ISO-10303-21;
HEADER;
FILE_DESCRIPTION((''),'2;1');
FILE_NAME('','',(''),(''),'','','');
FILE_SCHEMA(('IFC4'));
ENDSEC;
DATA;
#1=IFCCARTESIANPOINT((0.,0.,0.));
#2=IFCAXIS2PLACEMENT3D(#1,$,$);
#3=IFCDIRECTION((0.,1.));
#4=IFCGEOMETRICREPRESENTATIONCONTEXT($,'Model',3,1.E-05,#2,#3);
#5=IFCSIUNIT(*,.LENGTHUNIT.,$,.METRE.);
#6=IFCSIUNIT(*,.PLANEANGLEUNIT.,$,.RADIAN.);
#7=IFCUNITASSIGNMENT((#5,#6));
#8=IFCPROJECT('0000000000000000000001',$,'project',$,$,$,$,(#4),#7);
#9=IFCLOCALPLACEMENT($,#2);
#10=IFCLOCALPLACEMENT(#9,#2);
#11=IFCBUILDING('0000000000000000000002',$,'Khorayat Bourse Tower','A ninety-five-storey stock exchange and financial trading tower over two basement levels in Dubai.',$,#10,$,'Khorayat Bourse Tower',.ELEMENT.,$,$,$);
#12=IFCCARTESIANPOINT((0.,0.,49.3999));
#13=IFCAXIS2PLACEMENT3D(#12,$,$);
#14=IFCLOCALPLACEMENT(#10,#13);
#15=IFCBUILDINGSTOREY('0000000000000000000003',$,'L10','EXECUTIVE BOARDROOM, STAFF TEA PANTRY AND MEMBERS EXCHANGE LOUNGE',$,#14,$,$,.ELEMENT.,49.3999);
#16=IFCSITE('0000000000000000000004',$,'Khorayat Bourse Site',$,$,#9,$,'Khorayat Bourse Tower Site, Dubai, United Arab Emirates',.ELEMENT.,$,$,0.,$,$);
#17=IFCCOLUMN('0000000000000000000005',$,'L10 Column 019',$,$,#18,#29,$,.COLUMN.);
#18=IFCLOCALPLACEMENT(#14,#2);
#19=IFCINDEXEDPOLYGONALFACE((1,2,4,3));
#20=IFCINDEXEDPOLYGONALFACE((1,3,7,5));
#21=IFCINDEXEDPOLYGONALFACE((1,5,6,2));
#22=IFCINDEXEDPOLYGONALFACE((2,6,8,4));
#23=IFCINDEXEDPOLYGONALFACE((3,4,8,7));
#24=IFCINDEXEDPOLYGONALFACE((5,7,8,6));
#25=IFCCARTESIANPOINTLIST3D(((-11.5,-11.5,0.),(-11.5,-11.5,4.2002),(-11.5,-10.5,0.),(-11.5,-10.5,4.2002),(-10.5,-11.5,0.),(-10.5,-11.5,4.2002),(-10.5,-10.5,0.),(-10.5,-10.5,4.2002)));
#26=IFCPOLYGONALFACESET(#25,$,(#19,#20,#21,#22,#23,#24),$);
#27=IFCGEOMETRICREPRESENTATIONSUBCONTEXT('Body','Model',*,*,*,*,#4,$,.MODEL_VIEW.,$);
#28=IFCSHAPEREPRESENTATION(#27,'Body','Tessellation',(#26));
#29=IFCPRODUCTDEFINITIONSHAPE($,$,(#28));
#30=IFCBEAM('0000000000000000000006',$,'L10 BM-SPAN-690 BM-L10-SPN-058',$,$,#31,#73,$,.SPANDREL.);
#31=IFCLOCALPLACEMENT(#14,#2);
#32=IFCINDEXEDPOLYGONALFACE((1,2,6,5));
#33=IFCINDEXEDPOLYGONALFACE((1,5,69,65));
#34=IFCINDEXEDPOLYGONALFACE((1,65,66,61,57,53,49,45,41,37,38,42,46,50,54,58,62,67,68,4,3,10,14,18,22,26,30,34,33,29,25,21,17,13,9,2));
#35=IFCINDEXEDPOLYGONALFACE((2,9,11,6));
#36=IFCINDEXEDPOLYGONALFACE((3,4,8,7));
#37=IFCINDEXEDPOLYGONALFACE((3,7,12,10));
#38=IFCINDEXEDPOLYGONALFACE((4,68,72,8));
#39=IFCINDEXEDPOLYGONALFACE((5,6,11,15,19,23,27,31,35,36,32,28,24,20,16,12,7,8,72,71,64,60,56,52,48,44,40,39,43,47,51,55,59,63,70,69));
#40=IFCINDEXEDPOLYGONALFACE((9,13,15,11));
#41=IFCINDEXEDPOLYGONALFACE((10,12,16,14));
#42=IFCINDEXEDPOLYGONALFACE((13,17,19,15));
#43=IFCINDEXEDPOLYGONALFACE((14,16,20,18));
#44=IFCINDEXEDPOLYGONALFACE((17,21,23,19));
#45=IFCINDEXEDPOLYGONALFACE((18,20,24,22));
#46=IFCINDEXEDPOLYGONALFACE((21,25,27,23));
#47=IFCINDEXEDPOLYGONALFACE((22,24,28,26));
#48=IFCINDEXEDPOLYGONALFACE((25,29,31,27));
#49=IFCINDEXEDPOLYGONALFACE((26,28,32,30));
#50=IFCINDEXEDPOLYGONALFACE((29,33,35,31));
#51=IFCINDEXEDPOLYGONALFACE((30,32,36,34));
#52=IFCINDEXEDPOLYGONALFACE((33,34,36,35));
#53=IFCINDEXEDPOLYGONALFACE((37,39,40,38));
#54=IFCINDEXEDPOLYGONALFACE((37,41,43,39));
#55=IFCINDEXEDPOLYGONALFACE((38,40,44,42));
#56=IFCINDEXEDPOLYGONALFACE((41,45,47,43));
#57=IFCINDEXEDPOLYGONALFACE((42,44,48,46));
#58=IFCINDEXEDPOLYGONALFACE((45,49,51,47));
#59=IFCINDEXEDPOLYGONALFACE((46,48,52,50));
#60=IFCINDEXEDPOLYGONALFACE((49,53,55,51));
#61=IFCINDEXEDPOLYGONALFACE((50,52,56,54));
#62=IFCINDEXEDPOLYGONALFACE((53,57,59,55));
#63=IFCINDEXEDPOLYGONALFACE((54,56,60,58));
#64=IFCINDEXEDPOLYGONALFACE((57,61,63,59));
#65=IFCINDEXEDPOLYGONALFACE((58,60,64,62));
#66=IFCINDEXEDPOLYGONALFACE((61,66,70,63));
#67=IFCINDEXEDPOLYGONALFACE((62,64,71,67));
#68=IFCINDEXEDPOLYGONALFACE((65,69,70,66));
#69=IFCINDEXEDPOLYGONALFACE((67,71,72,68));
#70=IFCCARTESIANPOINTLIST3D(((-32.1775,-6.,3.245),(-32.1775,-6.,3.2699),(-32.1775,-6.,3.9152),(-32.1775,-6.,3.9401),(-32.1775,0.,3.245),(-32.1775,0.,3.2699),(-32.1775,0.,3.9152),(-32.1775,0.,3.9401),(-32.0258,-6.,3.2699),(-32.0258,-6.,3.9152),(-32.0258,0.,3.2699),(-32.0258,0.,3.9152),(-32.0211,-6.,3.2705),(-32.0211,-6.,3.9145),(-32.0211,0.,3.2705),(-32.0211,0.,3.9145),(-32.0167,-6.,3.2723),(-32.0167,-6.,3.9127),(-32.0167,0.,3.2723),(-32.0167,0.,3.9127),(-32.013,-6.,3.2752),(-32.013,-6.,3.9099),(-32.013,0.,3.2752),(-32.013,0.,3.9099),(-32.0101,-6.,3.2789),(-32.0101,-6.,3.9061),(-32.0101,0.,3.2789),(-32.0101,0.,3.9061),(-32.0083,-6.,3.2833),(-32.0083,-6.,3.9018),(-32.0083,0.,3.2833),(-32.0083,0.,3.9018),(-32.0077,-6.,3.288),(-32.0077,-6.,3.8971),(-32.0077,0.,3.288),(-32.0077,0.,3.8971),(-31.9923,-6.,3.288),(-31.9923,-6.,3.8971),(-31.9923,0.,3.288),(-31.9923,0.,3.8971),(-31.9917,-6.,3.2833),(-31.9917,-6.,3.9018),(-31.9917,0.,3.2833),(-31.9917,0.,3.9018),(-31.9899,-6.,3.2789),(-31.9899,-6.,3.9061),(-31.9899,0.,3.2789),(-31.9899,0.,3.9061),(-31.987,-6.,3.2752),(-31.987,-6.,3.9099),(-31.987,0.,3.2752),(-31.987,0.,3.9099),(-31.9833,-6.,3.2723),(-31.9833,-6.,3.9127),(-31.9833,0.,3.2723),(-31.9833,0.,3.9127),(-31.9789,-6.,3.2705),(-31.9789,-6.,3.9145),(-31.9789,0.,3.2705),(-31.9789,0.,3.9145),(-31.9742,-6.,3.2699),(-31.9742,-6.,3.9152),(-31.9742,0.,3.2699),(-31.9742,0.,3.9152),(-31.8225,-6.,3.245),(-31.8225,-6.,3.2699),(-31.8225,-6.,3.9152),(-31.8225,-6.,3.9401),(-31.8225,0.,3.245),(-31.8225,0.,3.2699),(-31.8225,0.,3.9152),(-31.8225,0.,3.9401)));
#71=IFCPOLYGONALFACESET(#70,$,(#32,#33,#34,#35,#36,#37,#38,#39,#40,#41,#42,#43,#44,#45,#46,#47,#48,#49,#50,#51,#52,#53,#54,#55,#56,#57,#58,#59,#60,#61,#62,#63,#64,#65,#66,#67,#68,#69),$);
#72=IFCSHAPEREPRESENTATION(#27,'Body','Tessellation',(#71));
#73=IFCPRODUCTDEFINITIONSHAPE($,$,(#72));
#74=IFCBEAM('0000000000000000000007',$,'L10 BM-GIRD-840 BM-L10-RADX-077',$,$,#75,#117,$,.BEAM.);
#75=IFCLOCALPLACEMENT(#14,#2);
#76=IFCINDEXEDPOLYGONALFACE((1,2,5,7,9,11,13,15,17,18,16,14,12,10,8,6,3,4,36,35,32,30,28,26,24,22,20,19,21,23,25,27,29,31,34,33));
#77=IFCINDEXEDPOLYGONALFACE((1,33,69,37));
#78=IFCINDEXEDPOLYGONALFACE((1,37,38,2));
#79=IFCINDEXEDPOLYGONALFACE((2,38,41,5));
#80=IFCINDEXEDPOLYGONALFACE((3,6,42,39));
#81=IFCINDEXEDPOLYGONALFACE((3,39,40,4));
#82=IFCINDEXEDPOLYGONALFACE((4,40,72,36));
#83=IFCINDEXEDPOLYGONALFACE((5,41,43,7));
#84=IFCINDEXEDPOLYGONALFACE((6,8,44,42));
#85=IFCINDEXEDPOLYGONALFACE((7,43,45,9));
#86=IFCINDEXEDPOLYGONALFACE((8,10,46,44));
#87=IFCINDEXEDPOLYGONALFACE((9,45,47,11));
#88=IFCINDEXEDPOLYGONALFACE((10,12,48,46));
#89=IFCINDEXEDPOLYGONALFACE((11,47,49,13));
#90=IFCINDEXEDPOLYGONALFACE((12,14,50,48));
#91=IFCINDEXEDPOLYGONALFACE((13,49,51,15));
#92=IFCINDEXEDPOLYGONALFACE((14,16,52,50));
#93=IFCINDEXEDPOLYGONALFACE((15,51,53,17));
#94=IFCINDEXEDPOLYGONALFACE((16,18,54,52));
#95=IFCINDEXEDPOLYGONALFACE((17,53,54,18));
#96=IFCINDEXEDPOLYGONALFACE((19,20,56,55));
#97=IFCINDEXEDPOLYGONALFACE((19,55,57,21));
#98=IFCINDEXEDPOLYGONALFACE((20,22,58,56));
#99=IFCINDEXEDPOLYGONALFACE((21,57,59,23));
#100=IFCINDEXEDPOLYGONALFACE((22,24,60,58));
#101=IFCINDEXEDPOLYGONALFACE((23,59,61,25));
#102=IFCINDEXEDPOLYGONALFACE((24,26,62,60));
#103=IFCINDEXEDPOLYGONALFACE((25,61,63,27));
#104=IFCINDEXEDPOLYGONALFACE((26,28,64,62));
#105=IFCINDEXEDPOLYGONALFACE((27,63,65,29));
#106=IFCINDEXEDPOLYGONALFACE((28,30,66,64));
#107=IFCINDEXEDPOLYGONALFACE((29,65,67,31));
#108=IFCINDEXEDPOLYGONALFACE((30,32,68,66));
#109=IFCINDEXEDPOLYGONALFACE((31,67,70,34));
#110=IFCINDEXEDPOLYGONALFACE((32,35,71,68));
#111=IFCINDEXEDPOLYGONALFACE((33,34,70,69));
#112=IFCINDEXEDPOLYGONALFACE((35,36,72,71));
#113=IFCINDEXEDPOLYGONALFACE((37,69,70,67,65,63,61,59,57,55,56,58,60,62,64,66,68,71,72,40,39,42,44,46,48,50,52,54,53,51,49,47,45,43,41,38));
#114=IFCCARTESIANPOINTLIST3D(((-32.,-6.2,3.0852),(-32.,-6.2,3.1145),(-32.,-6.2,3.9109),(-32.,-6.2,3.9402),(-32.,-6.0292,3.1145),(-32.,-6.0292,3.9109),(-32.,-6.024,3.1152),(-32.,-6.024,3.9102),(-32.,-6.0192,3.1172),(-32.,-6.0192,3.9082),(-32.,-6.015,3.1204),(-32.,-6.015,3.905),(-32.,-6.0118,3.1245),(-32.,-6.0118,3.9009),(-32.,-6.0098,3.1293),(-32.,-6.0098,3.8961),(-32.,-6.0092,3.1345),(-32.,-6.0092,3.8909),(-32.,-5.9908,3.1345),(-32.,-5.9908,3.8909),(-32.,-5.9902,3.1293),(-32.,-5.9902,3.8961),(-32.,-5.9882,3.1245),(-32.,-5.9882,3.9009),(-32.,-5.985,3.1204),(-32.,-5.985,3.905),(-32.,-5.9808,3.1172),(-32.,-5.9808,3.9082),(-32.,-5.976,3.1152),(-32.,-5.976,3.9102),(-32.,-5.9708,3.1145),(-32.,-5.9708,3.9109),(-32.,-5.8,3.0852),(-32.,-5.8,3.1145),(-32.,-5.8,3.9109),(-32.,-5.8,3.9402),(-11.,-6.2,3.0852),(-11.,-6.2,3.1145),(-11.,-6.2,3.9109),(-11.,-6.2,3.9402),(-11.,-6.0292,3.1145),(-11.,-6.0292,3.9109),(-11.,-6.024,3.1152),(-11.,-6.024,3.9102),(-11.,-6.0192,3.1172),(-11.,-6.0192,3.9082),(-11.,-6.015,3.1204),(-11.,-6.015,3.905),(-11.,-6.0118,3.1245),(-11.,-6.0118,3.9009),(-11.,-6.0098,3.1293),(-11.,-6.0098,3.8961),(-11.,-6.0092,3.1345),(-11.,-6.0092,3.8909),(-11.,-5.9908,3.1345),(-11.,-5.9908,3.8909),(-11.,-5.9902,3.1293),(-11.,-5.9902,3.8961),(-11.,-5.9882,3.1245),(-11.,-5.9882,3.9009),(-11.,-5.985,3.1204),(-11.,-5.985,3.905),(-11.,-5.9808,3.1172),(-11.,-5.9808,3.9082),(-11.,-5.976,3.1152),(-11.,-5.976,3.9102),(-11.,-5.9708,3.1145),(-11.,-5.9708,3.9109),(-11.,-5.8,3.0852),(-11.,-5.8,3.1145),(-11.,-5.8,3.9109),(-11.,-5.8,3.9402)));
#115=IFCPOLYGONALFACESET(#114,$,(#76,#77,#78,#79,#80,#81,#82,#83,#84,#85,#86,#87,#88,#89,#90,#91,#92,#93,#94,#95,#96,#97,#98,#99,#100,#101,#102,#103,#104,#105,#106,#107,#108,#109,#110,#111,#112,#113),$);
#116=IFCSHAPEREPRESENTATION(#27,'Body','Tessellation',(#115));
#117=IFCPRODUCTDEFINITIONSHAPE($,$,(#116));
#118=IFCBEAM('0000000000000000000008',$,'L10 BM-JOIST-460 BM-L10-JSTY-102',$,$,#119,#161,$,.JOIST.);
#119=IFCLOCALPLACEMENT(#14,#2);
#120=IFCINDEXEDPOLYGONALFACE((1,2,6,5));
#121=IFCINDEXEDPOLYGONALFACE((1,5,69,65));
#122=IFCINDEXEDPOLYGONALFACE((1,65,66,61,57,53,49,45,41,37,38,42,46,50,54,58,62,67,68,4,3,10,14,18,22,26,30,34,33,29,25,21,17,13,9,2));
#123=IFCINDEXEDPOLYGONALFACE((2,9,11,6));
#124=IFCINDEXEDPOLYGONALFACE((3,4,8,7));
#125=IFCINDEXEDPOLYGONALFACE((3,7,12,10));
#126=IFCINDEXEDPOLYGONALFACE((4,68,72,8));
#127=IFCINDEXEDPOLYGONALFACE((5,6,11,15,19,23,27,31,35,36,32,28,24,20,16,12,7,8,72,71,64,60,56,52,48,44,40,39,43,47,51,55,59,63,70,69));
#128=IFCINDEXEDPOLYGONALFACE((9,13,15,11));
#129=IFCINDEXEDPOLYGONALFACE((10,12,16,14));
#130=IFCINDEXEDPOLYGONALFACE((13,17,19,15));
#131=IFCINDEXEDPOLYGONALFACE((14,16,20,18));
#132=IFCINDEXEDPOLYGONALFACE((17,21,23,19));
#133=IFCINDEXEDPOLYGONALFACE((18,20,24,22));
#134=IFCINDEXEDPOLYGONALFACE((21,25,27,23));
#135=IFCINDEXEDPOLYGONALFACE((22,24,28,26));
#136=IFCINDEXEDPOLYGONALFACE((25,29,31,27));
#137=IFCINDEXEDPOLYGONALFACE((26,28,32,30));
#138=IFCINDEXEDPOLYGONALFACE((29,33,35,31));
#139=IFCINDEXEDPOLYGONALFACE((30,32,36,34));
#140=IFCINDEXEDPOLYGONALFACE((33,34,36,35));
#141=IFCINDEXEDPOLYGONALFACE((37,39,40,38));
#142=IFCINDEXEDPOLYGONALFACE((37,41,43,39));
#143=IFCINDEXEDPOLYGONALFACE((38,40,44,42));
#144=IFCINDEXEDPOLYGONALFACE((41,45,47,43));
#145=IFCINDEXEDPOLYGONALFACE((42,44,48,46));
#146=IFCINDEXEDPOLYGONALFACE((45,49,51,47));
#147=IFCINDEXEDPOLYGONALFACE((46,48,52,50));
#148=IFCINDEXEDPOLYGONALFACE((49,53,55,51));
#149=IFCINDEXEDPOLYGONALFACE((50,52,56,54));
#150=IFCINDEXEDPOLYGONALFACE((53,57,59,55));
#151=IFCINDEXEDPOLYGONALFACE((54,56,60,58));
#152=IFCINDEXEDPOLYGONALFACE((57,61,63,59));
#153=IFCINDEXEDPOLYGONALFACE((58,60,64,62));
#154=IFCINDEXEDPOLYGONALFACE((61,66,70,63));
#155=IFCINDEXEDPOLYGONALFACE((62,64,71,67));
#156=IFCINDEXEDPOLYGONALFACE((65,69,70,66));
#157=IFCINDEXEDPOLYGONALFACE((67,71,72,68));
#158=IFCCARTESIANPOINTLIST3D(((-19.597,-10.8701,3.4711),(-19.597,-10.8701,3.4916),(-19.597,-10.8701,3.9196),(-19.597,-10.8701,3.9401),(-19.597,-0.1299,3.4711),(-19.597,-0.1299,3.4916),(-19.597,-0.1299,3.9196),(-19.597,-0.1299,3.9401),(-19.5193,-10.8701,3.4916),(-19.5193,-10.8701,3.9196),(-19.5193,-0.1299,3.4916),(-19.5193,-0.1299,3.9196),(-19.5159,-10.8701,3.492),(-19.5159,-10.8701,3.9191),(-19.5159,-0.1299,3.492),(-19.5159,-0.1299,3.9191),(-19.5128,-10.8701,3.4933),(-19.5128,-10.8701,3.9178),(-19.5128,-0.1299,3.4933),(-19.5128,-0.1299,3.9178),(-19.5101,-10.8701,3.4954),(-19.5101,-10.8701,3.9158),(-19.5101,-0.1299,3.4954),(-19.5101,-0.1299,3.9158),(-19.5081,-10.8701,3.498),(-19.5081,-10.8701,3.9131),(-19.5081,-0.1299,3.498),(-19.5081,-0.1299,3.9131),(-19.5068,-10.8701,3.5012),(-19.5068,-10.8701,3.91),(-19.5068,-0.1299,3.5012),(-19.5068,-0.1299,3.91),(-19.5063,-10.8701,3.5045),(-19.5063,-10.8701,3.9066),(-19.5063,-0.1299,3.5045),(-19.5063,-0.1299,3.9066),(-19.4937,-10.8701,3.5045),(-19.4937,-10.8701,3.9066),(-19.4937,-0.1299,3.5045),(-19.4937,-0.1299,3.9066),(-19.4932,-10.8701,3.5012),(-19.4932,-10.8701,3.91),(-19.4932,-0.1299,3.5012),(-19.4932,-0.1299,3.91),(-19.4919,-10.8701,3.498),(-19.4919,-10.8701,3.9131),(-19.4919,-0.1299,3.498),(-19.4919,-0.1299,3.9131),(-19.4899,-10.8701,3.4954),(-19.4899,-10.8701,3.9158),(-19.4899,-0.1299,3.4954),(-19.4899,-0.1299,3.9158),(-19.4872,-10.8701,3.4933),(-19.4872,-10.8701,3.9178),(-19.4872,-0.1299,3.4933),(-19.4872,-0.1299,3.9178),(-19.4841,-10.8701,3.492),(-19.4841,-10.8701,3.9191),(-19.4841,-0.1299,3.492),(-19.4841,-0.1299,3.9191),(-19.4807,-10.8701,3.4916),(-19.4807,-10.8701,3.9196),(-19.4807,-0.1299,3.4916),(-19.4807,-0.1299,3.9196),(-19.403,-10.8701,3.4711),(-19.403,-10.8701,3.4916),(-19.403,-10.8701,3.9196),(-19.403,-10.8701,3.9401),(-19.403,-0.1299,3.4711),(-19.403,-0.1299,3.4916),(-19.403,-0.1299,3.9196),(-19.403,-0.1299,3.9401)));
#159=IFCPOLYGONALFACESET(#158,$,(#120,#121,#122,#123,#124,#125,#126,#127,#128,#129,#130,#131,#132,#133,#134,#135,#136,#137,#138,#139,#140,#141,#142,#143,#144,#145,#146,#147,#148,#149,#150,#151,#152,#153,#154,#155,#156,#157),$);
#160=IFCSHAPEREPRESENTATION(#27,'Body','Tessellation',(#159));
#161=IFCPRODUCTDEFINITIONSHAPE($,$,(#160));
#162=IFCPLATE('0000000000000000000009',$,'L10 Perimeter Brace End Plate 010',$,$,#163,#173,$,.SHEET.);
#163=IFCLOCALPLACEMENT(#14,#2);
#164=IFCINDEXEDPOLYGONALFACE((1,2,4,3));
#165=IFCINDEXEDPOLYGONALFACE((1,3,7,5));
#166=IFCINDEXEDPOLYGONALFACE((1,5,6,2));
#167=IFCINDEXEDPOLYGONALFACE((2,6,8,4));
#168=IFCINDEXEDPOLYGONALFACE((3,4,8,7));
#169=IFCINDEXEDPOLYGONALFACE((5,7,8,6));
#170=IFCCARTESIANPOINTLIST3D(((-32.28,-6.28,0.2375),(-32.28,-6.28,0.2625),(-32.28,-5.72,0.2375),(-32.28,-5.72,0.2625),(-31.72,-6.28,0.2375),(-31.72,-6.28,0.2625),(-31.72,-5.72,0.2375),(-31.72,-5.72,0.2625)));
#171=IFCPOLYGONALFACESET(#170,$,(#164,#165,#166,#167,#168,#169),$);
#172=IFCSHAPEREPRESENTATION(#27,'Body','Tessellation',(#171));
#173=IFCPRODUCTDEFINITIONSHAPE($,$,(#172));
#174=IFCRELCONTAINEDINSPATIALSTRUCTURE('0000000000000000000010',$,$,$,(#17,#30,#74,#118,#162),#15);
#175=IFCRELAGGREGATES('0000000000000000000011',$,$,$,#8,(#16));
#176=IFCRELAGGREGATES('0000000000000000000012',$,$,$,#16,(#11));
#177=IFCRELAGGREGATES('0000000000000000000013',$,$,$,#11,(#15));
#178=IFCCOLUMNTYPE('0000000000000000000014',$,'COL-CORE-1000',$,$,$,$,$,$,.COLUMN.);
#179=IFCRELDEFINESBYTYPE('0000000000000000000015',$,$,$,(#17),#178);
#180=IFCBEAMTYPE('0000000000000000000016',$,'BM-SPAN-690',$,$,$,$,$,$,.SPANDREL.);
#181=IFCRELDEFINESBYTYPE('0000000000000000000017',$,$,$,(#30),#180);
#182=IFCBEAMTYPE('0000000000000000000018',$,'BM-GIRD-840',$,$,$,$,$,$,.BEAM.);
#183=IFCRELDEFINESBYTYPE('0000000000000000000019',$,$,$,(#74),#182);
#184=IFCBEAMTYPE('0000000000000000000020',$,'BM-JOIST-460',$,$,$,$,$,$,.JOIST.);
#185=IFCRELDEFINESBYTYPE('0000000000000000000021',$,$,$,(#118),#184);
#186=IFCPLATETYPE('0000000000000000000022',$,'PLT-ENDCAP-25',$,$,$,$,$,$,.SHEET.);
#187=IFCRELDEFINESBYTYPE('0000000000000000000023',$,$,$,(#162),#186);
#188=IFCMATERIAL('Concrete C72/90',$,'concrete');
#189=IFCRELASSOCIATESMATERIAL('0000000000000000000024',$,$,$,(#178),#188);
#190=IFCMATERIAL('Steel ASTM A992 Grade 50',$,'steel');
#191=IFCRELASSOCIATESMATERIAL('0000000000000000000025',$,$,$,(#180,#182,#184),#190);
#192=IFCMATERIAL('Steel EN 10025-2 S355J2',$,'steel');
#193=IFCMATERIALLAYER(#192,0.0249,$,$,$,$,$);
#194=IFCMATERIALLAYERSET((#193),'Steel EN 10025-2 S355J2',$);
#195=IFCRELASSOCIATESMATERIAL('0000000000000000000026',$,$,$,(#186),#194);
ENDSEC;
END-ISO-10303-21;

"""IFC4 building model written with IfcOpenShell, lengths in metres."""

from ifc_helpers import new_model, si_unit, direction, frame, origin, origin_2d, place, context, subcontext, project, spatial, rectangle, i_section, extrude, source, transform, mapped, material, layer, layer_set, material_profile, profile_set, type_object, element, save


model = new_model("IFC4")

# Units and contexts
model_context = context("Model", 3, precision=1e-05, world=origin(), true_north=direction((0.0, 1.0)))
body_context = subcontext(model_context, "Body", "Model", "MODEL_VIEW")
ifc_project = project(units=[si_unit("LENGTHUNIT", "METRE"), si_unit("PLANEANGLEUNIT", "RADIAN")], contexts=[model_context])

# Site, building, storey
site_placement = place(None, origin())
site = spatial("IfcSite", under=ifc_project, at=site_placement, Name="Khorayat Bourse Site", LongName="Khorayat Bourse Tower Site, Dubai, United Arab Emirates", CompositionType="ELEMENT", RefElevation=0.0)
building_placement = place(site_placement, origin())
building = spatial("IfcBuilding", under=site, at=building_placement, Name="Khorayat Bourse Tower", Description="A ninety-five-storey stock exchange and financial trading tower over two basement levels in Dubai.", LongName="Khorayat Bourse Tower", CompositionType="ELEMENT")
storey_placement = place(building_placement, frame((0.0, 0.0, 49.3999)))
storey = spatial("IfcBuildingStorey", under=building, at=storey_placement, Name="L10", Description="EXECUTIVE BOARDROOM, STAFF TEA PANTRY AND MEMBERS EXCHANGE LOUNGE", CompositionType="ELEMENT", Elevation=49.3999)

# Column
ifc_material_1 = material(Name="Concrete C72/90", Category="concrete")
ifc_material_profile_1 = material_profile(ifc_material_1, rectangle(XDim=1.0, YDim=1.0, at=origin_2d()), Name="RC 1000x1000")
ifc_profile_set_1 = profile_set([ifc_material_profile_1], Name="Concrete C72/90")
column_type = type_object("IfcColumnType", Name="COL-CORE-1000", PredefinedType="COLUMN", material=ifc_profile_set_1)
shared_shape_1 = source(origin(), body_context, "Body", "SweptSolid", [
    extrude(rectangle(XDim=1.0, YDim=1.0, at=origin_2d()), origin(), (0.0, 0.0, 1.0), 4.2002),
])
column_placement = place(storey_placement, frame((-11.0, -11.0, 0.0), z_axis=(0.0, 0.0, 1.0), x_axis=(1.0, 0.0, 0.0)))
element("IfcColumn", 1, at=column_placement, inside=storey, type_object=column_type, Name="L10 Column 019", PredefinedType="COLUMN", context=body_context, shape_type="MappedRepresentation", body=[
    mapped(shared_shape_1, transform((0.0, 0.0, 0.0), scale=1.0)),
])

# Beams
ifc_material_2 = material(Name="Steel ASTM A992 Grade 50", Category="steel")
ifc_material_profile_2 = material_profile(ifc_material_2, i_section(OverallWidth=0.355, OverallDepth=0.6951, WebThickness=0.0154, FlangeThickness=0.0249, FilletRadius=0.0181, at=origin_2d()), Name="W690X217")
ifc_profile_set_2 = profile_set([ifc_material_profile_2], Name="Steel ASTM A992 Grade 50")
beam_type_1 = type_object("IfcBeamType", Name="BM-SPAN-690", PredefinedType="SPANDREL", material=ifc_profile_set_2)
shared_shape_2 = source(origin(), body_context, "Body", "SweptSolid", [
    extrude(i_section(OverallWidth=0.355, OverallDepth=0.6951, WebThickness=0.0154, FlangeThickness=0.0249, FilletRadius=0.0181, at=origin_2d()), origin(), (0.0, 0.0, 1.0), 6.0),
])
beam_1_placement = place(storey_placement, frame((-32.0, -6.0, 3.5925), z_axis=(0.0, 1.0, 0.0), x_axis=(-1.0, 0.0, 0.0)))
element("IfcBeam", 2, at=beam_1_placement, inside=storey, type_object=beam_type_1, Name="L10 BM-SPAN-690 BM-L10-SPN-058", PredefinedType="SPANDREL", context=body_context, shape_type="MappedRepresentation", body=[
    mapped(shared_shape_2, transform((0.0, 0.0, 0.0), scale=1.0)),
])
ifc_material_profile_3 = material_profile(ifc_material_2, i_section(OverallWidth=0.3999, OverallDepth=0.855, WebThickness=0.0183, FlangeThickness=0.0293, FilletRadius=0.02, at=origin_2d()), Name="W840X299")
ifc_profile_set_3 = profile_set([ifc_material_profile_3], Name="Steel ASTM A992 Grade 50")
beam_type_2 = type_object("IfcBeamType", Name="BM-GIRD-840", PredefinedType="BEAM", material=ifc_profile_set_3)
shared_shape_3 = source(origin(), body_context, "Body", "SweptSolid", [
    extrude(i_section(OverallWidth=0.3999, OverallDepth=0.855, WebThickness=0.0183, FlangeThickness=0.0293, FilletRadius=0.02, at=origin_2d()), origin(), (0.0, 0.0, 1.0), 21.0),
])
beam_2_placement = place(storey_placement, frame((-32.0, -6.0, 3.5127), z_axis=(1.0, 0.0, 0.0), x_axis=(0.0, 1.0, 0.0)))
element("IfcBeam", 3, at=beam_2_placement, inside=storey, type_object=beam_type_2, Name="L10 BM-GIRD-840 BM-L10-RADX-077", PredefinedType="BEAM", context=body_context, shape_type="MappedRepresentation", body=[
    mapped(shared_shape_3, transform((0.0, 0.0, 0.0), scale=1.0)),
])
ifc_material_profile_4 = material_profile(ifc_material_2, i_section(OverallWidth=0.1941, OverallDepth=0.469, WebThickness=0.0127, FlangeThickness=0.0205, FilletRadius=0.0129, at=origin_2d()), Name="W460X106")
ifc_profile_set_4 = profile_set([ifc_material_profile_4], Name="Steel ASTM A992 Grade 50")
beam_type_3 = type_object("IfcBeamType", Name="BM-JOIST-460", PredefinedType="JOIST", material=ifc_profile_set_4)
shared_shape_4 = source(origin(), body_context, "Body", "SweptSolid", [
    extrude(i_section(OverallWidth=0.1941, OverallDepth=0.469, WebThickness=0.0127, FlangeThickness=0.0205, FilletRadius=0.0129, at=origin_2d()), origin(), (0.0, 0.0, 1.0), 10.7402),
])
beam_3_placement = place(storey_placement, frame((-19.5, -10.8701, 3.7056), z_axis=(0.0, 1.0, 0.0), x_axis=(-1.0, 0.0, 0.0)))
element("IfcBeam", 4, at=beam_3_placement, inside=storey, type_object=beam_type_3, Name="L10 BM-JOIST-460 BM-L10-JSTY-102", PredefinedType="JOIST", context=body_context, shape_type="MappedRepresentation", body=[
    mapped(shared_shape_4, transform((0.0, 0.0, 0.0), scale=1.0)),
])

# Plate
ifc_material_3 = material(Name="Steel EN 10025-2 S355J2", Category="steel")
ifc_layer_1 = layer(ifc_material_3, 0.0249)
ifc_layer_set_1 = layer_set([ifc_layer_1], Name="Steel EN 10025-2 S355J2")
plate_type = type_object("IfcPlateType", Name="PLT-ENDCAP-25", PredefinedType="SHEET", material=ifc_layer_set_1)
shared_shape_5 = source(origin(), body_context, "Body", "SweptSolid", [
    extrude(rectangle(XDim=0.5601, YDim=0.5601, at=origin_2d()), origin(), (0.0, 0.0, 1.0), 0.0249),
])
plate_placement = place(storey_placement, frame((-32.0, -6.0, 0.2375), z_axis=(0.0, 0.0, 1.0), x_axis=(1.0, 0.0, 0.0)))
element("IfcPlate", 5, at=plate_placement, inside=storey, type_object=plate_type, Name="L10 Perimeter Brace End Plate 010", PredefinedType="SHEET", context=body_context, shape_type="MappedRepresentation", body=[
    mapped(shared_shape_5, transform((0.0, 0.0, 0.0), scale=1.0)),
])

save(model, "model.ifc")
